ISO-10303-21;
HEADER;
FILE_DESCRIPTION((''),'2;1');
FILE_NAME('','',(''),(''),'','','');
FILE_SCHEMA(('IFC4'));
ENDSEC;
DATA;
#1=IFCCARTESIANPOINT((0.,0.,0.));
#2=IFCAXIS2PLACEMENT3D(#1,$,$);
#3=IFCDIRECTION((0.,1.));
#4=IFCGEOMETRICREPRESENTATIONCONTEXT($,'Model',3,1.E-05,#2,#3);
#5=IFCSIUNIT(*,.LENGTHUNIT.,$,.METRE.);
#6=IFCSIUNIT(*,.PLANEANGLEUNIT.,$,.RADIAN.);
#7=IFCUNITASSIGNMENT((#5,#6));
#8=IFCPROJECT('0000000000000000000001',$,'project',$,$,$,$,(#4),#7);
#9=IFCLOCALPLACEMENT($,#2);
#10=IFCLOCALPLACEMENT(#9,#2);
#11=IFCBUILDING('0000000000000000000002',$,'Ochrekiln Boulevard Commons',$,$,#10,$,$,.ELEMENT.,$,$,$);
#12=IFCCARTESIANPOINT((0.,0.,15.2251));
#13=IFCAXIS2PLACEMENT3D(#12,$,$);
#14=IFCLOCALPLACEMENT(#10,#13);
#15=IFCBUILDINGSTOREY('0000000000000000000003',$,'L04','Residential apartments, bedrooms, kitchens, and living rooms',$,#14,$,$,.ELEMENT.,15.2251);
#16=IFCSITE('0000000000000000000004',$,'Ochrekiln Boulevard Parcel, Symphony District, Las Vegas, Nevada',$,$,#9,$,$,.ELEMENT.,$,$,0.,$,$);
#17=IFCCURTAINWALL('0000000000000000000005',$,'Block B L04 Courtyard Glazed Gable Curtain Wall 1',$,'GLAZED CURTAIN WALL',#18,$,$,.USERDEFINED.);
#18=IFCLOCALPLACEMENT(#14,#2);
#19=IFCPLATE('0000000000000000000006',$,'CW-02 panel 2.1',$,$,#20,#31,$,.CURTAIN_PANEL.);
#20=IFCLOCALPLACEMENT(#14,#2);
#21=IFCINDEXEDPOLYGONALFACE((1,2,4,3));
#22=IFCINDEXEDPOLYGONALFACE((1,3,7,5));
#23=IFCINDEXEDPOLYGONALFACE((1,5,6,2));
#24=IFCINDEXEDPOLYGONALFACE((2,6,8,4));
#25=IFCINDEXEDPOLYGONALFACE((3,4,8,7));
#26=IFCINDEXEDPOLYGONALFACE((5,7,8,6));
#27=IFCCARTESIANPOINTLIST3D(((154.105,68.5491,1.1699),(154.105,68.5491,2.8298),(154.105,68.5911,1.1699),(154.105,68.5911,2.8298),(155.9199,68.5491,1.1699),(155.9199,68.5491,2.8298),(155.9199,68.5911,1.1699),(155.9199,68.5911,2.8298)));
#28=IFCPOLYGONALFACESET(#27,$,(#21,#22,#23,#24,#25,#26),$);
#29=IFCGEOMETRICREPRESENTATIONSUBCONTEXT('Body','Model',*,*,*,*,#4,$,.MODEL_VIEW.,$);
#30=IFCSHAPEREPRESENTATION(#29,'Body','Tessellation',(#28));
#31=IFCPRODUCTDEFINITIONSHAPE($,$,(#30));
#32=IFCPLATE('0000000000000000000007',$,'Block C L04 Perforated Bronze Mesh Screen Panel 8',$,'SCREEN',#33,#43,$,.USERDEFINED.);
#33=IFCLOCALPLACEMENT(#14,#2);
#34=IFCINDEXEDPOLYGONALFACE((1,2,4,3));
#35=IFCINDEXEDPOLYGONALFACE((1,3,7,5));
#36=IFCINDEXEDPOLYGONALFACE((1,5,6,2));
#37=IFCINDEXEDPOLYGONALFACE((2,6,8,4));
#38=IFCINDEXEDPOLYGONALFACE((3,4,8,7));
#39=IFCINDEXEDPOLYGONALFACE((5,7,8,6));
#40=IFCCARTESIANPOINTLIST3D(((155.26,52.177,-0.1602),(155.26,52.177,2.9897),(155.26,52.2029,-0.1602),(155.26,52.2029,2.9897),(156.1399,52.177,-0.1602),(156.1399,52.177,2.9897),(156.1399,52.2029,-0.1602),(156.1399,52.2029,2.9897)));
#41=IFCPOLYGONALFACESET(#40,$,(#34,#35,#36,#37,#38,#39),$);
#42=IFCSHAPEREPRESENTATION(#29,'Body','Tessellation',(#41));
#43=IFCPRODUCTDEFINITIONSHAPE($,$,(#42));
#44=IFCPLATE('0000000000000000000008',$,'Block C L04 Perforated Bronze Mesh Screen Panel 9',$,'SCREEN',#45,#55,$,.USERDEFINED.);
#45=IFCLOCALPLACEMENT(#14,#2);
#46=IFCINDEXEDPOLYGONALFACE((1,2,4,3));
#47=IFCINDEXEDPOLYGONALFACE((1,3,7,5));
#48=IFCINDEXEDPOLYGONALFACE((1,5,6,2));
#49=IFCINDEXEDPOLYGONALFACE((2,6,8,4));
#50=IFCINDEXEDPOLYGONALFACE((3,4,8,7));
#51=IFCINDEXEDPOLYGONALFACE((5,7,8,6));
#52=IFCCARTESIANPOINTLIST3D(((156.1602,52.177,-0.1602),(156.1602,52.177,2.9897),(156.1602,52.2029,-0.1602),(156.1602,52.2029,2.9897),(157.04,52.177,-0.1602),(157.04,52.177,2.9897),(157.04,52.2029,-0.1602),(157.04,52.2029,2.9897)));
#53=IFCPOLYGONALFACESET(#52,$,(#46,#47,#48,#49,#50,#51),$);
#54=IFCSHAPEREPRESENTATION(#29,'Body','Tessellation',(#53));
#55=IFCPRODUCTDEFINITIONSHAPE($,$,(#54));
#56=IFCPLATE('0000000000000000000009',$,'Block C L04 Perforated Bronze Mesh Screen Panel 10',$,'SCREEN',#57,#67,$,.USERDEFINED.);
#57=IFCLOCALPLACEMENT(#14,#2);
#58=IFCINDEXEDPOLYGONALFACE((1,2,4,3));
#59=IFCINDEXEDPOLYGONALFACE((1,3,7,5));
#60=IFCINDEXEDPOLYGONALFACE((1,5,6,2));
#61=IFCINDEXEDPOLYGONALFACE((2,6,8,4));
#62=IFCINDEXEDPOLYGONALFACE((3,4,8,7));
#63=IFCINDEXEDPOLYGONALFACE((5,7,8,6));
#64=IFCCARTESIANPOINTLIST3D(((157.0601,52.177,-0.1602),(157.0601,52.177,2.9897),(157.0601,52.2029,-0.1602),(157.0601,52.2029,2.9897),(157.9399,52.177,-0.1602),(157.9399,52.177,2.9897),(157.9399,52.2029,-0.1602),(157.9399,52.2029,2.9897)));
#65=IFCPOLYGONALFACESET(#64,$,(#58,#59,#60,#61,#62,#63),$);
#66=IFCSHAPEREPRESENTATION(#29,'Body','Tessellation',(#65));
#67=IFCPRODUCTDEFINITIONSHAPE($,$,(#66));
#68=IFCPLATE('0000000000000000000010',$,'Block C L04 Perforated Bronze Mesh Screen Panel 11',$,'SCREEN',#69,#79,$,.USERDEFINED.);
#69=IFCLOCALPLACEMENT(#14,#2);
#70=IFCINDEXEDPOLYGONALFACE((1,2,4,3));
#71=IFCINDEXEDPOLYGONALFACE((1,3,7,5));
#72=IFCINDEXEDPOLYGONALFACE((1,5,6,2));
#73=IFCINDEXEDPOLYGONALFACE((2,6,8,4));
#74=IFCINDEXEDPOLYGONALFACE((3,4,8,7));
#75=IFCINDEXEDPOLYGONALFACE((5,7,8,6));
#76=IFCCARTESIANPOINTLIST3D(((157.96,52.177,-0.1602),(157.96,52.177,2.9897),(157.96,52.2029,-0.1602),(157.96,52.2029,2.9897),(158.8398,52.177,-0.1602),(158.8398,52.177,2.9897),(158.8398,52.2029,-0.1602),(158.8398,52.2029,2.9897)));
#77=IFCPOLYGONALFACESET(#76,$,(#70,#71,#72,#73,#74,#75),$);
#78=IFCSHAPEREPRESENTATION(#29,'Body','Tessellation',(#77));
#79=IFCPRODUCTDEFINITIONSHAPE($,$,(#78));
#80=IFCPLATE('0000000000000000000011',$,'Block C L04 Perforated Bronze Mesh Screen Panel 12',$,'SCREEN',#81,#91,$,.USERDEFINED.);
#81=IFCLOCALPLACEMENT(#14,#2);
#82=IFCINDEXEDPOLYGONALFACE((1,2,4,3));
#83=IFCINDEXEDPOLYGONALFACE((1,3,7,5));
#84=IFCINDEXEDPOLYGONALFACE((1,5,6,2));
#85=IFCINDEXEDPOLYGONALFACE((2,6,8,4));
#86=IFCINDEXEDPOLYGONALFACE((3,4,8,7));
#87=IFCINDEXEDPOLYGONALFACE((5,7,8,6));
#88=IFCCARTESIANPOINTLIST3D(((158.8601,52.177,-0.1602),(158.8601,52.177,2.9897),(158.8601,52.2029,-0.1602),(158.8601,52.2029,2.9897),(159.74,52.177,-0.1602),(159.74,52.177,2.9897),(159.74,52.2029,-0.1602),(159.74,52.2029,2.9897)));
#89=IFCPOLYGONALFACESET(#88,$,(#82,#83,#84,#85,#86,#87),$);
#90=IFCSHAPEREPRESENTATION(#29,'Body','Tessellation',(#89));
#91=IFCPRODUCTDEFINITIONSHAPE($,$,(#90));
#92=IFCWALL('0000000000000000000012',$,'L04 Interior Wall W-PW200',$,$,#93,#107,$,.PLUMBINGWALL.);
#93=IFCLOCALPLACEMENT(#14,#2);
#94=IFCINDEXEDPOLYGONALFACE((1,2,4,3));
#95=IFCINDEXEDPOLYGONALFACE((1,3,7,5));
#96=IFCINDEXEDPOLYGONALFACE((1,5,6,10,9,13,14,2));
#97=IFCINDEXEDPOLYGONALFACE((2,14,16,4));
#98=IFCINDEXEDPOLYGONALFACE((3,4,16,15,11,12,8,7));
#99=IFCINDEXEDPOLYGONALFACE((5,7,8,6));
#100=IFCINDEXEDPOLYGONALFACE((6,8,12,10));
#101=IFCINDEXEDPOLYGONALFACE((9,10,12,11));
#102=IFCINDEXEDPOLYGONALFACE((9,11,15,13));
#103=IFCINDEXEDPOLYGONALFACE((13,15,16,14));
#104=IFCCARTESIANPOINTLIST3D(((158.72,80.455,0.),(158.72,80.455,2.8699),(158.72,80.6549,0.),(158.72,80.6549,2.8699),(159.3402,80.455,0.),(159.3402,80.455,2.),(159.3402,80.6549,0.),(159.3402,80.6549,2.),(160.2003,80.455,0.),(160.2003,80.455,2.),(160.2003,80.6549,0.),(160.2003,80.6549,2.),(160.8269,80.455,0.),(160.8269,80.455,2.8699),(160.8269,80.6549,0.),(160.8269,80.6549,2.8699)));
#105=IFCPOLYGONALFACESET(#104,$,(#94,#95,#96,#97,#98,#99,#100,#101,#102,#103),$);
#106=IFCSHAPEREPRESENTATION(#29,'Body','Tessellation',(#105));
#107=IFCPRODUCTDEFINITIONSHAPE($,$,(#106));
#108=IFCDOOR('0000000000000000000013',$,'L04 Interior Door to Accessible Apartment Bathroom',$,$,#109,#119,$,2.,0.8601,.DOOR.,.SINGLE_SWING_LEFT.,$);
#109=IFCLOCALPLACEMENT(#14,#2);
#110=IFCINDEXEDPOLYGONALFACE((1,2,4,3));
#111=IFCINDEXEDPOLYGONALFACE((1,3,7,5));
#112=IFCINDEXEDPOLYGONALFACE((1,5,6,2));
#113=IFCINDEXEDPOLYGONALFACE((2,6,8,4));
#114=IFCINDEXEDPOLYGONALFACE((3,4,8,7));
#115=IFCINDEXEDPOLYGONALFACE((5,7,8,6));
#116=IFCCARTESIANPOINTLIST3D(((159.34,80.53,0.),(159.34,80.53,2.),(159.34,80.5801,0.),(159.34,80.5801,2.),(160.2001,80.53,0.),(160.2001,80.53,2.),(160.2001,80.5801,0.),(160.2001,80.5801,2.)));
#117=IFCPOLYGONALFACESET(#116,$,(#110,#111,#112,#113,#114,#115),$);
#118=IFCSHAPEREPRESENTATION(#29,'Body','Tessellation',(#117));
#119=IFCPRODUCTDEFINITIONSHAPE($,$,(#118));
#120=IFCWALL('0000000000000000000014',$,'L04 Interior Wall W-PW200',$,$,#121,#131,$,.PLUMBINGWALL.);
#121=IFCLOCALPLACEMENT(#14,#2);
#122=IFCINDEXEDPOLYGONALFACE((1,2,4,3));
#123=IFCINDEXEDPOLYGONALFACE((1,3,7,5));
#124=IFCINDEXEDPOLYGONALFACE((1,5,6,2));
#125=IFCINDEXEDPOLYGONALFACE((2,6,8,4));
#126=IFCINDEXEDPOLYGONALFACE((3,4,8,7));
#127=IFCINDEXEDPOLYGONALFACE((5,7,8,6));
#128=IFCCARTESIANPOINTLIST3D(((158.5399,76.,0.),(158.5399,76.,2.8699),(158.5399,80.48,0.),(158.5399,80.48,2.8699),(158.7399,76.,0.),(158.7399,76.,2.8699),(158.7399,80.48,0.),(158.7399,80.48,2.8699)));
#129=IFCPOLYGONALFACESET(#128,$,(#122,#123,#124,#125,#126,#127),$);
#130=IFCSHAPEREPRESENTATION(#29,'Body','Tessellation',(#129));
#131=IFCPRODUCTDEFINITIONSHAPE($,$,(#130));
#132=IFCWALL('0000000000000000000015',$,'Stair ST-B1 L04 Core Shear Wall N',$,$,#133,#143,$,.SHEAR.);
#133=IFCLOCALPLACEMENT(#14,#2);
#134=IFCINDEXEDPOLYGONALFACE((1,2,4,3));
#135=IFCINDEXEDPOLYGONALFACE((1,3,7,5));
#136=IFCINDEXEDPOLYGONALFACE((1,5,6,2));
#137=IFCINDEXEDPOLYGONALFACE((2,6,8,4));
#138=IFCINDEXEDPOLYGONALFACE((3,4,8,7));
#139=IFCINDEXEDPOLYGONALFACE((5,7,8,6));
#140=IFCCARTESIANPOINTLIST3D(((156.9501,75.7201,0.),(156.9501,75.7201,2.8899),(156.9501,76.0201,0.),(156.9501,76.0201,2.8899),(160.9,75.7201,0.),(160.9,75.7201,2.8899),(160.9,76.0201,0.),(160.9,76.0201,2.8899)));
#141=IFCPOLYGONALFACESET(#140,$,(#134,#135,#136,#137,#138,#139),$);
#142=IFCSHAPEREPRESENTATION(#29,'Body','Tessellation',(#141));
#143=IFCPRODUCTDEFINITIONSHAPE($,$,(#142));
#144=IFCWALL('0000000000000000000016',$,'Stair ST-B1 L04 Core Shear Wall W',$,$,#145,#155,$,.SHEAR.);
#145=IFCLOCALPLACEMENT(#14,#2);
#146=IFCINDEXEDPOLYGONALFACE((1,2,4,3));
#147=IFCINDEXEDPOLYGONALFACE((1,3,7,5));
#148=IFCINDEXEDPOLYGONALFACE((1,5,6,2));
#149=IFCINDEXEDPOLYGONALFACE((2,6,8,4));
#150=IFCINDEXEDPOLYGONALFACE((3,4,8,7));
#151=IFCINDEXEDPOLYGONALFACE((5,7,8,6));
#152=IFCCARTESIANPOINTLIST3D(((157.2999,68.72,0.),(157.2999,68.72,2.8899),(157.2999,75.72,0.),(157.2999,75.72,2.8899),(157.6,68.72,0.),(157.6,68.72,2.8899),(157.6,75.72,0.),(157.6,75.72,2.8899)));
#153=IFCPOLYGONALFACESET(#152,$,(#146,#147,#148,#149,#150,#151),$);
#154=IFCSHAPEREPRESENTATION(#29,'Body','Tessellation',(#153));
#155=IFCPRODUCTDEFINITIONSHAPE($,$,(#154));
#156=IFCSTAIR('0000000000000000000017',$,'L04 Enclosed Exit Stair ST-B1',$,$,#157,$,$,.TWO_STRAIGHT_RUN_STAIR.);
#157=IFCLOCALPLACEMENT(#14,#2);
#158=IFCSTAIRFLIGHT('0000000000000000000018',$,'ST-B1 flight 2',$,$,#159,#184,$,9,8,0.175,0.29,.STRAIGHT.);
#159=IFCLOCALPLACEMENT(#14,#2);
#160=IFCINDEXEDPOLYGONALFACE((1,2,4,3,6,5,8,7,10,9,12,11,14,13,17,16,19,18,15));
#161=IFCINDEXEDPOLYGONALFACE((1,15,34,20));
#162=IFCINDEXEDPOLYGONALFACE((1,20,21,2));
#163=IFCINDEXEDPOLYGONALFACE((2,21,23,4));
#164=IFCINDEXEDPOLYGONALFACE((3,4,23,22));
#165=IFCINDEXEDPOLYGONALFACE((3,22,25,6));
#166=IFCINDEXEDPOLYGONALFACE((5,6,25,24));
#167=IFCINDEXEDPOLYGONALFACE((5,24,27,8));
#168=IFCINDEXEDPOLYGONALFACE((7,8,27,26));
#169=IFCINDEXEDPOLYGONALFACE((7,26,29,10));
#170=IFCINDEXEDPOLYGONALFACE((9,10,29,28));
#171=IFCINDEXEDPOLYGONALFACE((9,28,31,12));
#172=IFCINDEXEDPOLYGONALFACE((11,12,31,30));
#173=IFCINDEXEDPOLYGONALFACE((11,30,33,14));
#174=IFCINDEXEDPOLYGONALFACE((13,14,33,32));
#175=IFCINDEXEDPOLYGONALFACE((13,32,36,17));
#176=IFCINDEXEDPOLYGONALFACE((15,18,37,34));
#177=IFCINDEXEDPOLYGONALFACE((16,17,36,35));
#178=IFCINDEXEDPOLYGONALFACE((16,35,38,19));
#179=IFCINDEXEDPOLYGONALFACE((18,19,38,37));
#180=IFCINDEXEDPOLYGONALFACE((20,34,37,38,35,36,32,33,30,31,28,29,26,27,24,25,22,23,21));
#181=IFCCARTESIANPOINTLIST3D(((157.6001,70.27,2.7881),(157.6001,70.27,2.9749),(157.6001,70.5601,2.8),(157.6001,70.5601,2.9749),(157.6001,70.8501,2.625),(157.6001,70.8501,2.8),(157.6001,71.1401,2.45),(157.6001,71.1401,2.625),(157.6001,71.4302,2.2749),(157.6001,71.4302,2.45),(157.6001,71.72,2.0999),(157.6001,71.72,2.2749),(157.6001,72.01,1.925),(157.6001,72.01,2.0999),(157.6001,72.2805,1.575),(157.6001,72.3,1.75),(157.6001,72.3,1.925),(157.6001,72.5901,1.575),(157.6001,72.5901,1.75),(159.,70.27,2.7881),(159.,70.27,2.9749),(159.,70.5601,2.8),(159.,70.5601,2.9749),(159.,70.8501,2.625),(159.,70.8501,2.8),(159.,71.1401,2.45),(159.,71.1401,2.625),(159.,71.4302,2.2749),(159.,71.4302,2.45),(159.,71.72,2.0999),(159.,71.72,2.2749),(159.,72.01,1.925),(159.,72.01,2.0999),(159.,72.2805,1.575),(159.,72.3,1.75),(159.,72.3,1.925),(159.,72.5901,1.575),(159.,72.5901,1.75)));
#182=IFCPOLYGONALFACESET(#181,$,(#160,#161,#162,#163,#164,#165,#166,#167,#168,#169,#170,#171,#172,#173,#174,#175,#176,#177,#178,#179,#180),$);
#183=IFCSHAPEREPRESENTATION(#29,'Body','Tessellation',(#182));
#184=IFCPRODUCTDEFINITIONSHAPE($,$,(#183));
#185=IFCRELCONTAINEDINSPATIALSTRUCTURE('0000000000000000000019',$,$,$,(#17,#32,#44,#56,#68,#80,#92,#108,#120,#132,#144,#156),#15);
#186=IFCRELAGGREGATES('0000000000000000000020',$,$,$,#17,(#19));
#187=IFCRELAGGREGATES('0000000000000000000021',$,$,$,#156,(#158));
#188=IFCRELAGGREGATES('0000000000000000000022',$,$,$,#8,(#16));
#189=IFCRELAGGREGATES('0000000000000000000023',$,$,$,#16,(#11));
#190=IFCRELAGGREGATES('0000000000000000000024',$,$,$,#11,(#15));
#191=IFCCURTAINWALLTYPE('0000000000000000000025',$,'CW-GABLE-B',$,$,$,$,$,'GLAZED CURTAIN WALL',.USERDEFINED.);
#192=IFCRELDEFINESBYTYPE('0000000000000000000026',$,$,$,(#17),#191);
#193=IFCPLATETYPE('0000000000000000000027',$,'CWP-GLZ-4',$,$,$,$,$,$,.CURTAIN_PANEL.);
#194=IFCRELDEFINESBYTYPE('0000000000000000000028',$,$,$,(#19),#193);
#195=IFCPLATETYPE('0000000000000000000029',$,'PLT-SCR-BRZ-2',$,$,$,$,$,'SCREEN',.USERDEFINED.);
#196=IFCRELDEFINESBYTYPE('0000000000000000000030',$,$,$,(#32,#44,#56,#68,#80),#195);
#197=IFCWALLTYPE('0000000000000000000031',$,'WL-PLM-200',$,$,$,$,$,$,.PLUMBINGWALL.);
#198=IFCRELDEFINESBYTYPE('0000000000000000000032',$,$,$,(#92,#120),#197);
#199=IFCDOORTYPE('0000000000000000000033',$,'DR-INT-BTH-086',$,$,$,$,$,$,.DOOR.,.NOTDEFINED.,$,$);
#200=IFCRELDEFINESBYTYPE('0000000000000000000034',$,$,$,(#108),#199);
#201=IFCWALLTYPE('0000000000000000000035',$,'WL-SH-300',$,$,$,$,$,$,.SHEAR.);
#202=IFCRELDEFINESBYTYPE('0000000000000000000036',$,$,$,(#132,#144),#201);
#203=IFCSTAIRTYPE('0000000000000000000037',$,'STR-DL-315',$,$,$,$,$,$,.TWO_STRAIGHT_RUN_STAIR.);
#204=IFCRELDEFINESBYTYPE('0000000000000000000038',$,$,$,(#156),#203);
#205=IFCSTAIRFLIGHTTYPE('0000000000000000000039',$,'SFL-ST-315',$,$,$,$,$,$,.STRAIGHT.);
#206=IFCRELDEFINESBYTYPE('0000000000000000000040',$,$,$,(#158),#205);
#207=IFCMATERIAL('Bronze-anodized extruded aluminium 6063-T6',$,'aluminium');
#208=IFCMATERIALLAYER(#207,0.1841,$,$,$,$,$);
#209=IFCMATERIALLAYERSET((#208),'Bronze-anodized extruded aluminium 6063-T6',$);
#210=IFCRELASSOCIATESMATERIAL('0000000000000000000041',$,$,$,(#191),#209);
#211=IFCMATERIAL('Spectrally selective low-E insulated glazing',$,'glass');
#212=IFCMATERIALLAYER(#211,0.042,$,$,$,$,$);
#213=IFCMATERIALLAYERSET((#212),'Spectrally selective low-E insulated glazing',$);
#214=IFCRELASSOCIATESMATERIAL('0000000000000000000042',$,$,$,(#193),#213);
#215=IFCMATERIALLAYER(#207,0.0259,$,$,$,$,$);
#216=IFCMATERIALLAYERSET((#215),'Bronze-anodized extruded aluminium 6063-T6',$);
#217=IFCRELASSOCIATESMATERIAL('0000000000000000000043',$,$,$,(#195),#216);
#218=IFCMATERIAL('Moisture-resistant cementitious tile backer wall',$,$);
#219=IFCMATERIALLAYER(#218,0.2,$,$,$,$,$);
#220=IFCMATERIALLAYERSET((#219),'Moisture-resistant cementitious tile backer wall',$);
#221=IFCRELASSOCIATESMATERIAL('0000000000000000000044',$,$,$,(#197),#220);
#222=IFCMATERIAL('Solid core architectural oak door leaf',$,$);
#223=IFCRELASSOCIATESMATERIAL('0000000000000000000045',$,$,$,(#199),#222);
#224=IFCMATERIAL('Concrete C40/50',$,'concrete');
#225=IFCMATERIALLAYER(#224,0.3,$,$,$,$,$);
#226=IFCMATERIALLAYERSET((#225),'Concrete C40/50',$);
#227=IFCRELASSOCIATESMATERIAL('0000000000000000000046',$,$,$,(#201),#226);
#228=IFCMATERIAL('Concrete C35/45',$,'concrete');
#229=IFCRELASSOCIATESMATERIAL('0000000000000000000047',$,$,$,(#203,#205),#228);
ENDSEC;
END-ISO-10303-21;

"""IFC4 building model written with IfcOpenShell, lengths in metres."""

from ifc_helpers import new_model, si_unit, direction, frame, frame_2d, origin, origin_2d, place, context, subcontext, project, spatial, polyline, rectangle, outline, extrude, material, layer, layer_set, type_object, element, fill, aggregate, save


model = new_model("IFC4")

# Units and contexts
model_context = context("Model", 3, precision=1e-05, world=origin(), true_north=direction((0.0, 1.0)))
body_context = subcontext(model_context, "Body", "Model", "MODEL_VIEW")
ifc_project = project(units=[si_unit("LENGTHUNIT", "METRE"), si_unit("PLANEANGLEUNIT", "RADIAN")], contexts=[model_context])

# Site, building, storey
site_placement = place(None, origin())
site = spatial("IfcSite", under=ifc_project, at=site_placement, Name="Ochrekiln Boulevard Parcel, Symphony District, Las Vegas, Nevada", CompositionType="ELEMENT", RefElevation=0.0)
building_placement = place(site_placement, origin())
building = spatial("IfcBuilding", under=site, at=building_placement, Name="Ochrekiln Boulevard Commons", CompositionType="ELEMENT")
storey_placement = place(building_placement, frame((0.0, 0.0, 15.2251)))
storey = spatial("IfcBuildingStorey", under=building, at=storey_placement, Name="L04", Description="Residential apartments, bedrooms, kitchens, and living rooms", CompositionType="ELEMENT", Elevation=15.2251)

# Shared definitions
ifc_material_1 = material(Name="Concrete C40/50", Category="concrete")

# Curtain wall
ifc_material_2 = material(Name="Bronze-anodized extruded aluminium 6063-T6", Category="aluminium")
ifc_layer_1 = layer(ifc_material_2, 0.1841)
ifc_layer_set_1 = layer_set([ifc_layer_1], Name="Bronze-anodized extruded aluminium 6063-T6")
curtain_wall_type = type_object("IfcCurtainWallType", Name="CW-GABLE-B", ElementType="GLAZED CURTAIN WALL", PredefinedType="USERDEFINED", material=ifc_layer_set_1)
curtain_wall_1_placement = place(storey_placement, origin())
curtain_wall_1 = element("IfcCurtainWall", 1, at=curtain_wall_1_placement, inside=storey, type_object=curtain_wall_type, Name="Block B L04 Courtyard Glazed Gable Curtain Wall 1", ObjectType="GLAZED CURTAIN WALL", PredefinedType="USERDEFINED")

# Plate
ifc_material_3 = material(Name="Spectrally selective low-E insulated glazing", Category="glass")
ifc_layer_2 = layer(ifc_material_3, 0.042)
ifc_layer_set_2 = layer_set([ifc_layer_2], Name="Spectrally selective low-E insulated glazing")
plate_type_1 = type_object("IfcPlateType", Name="CWP-GLZ-4", PredefinedType="CURTAIN_PANEL", material=ifc_layer_set_2)
plate_1_placement = place(storey_placement, frame((155.0125, 68.5701, 1.1699), z_axis=(0.0, 0.0, 1.0), x_axis=(1.0, 0.0, 0.0)))
plate_1 = element("IfcPlate", 2, at=plate_1_placement, type_object=plate_type_1, Name="CW-02 panel 2.1", PredefinedType="CURTAIN_PANEL", context=body_context, shape_type="SweptSolid", body=[
    extrude(rectangle(XDim=1.8149, YDim=0.042, at=origin_2d()), origin(), (0.0, 0.0, 1.0), 1.6599),
])
aggregate(curtain_wall_1, [plate_1])

# Plates
ifc_layer_3 = layer(ifc_material_2, 0.0259)
ifc_layer_set_3 = layer_set([ifc_layer_3], Name="Bronze-anodized extruded aluminium 6063-T6")
plate_type_2 = type_object("IfcPlateType", Name="PLT-SCR-BRZ-2", ElementType="SCREEN", PredefinedType="USERDEFINED", material=ifc_layer_set_3)
for number, where, z_axis, x_axis, name in (
    (3, (155.7, 52.1899, -0.1602), (0.0, 0.0, 1.0), (1.0, 0.0, 0.0), "Block C L04 Perforated Bronze Mesh Screen Panel 8"),
    (4, (156.6001, 52.1899, -0.1602), (0.0, 0.0, 1.0), (1.0, 0.0, 0.0), "Block C L04 Perforated Bronze Mesh Screen Panel 9"),
    (5, (157.5, 52.1899, -0.1602), (0.0, 0.0, 1.0), (1.0, 0.0, 0.0), "Block C L04 Perforated Bronze Mesh Screen Panel 10"),
    (6, (158.3999, 52.1899, -0.1602), (0.0, 0.0, 1.0), (1.0, 0.0, 0.0), "Block C L04 Perforated Bronze Mesh Screen Panel 11"),
    (7, (159.3, 52.1899, -0.1602), (0.0, 0.0, 1.0), (1.0, 0.0, 0.0), "Block C L04 Perforated Bronze Mesh Screen Panel 12"),
):
    element("IfcPlate", number, at=place(storey_placement, frame(where, z_axis=z_axis, x_axis=x_axis)), inside=storey, type_object=plate_type_2, Name=name, ObjectType="SCREEN", PredefinedType="USERDEFINED", context=body_context, shape_type="SweptSolid", body=[
        extrude(rectangle(XDim=0.8799, YDim=0.0259, at=origin_2d()), origin(), (0.0, 0.0, 1.0), 3.1499),
    ])

# Wall, opening, door
ifc_material_4 = material(Name="Moisture-resistant cementitious tile backer wall")
ifc_layer_4 = layer(ifc_material_4, 0.2)
ifc_layer_set_4 = layer_set([ifc_layer_4], Name="Moisture-resistant cementitious tile backer wall")
wall_type_1 = type_object("IfcWallType", Name="WL-PLM-200", PredefinedType="PLUMBINGWALL", material=ifc_layer_set_4)
wall_1_placement = place(storey_placement, frame((158.72, 80.5549, 0.0), z_axis=(0.0, 0.0, 1.0), x_axis=(1.0, 0.0, 0.0)))
wall_1 = element("IfcWall", 8, at=wall_1_placement, inside=storey, type_object=wall_type_1, Name="L04 Interior Wall W-PW200", PredefinedType="PLUMBINGWALL", context=body_context, shape_type="SweptSolid", body=[
    extrude(rectangle(XDim=2.1069, YDim=0.2, at=frame_2d((1.0535, 0.0))), origin(), (0.0, 0.0, 1.0), 2.8699),
])
opening_placement = place(wall_1_placement, frame((0.6201, 0.0, 0.0)))
opening = element("IfcOpeningElement", 9, at=opening_placement, cuts=wall_1, PredefinedType="OPENING", context=body_context, shape_type="SweptSolid", body=[
    extrude(rectangle(XDim=0.8601, YDim=2.0, at=frame_2d((0.4302, 1.0))), frame((0.0, 0.1099, 0.0), z_axis=(0.0, -1.0, 0.0), x_axis=(1.0, 0.0, 0.0)), (0.0, 0.0, 1.0), 0.22),
])
ifc_material_5 = material(Name="Solid core architectural oak door leaf")
door_type = type_object("IfcDoorType", Name="DR-INT-BTH-086", OperationType="NOTDEFINED", PredefinedType="DOOR", material=ifc_material_5)
door_placement = place(opening_placement, frame((0.8601, 0.0, 0.0), z_axis=(0.0, 0.0, 1.0), x_axis=(-1.0, 0.0, 0.0)))
door = element("IfcDoor", 10, at=door_placement, inside=storey, type_object=door_type, Name="L04 Interior Door to Accessible Apartment Bathroom", OperationType="SINGLE_SWING_LEFT", OverallHeight=2.0, OverallWidth=0.8601, PredefinedType="DOOR", context=body_context, shape_type="SweptSolid", body=[
    extrude(rectangle(XDim=0.8601, YDim=2.0, at=frame_2d((0.4302, 1.0))), frame((0.0, 0.0249, 0.0), z_axis=(0.0, -1.0, 0.0), x_axis=(1.0, 0.0, 0.0)), (0.0, 0.0, 1.0), 0.05),
])
fill(opening, door)

# Walls
wall_2_placement = place(storey_placement, frame((158.6399, 76.0, 0.0), z_axis=(0.0, 0.0, 1.0), x_axis=(0.0, 1.0, 0.0)))
element("IfcWall", 11, at=wall_2_placement, inside=storey, type_object=wall_type_1, Name="L04 Interior Wall W-PW200", PredefinedType="PLUMBINGWALL", context=body_context, shape_type="SweptSolid", body=[
    extrude(rectangle(XDim=4.48, YDim=0.2, at=frame_2d((2.24, 0.0))), origin(), (0.0, 0.0, 1.0), 2.8699),
])
ifc_layer_5 = layer(ifc_material_1, 0.3)
ifc_layer_set_5 = layer_set([ifc_layer_5], Name="Concrete C40/50")
wall_type_2 = type_object("IfcWallType", Name="WL-SH-300", PredefinedType="SHEAR", material=ifc_layer_set_5)
wall_3_placement = place(storey_placement, frame((156.95, 75.8701, 0.0), z_axis=(0.0, 0.0, 1.0), x_axis=(1.0, 0.0, 0.0)))
element("IfcWall", 12, at=wall_3_placement, inside=storey, type_object=wall_type_2, Name="Stair ST-B1 L04 Core Shear Wall N", PredefinedType="SHEAR", context=body_context, shape_type="SweptSolid", body=[
    extrude(rectangle(XDim=3.95, YDim=0.3, at=frame_2d((1.9751, 0.0))), origin(), (0.0, 0.0, 1.0), 2.8899),
])
wall_4_placement = place(storey_placement, frame((157.45, 68.72, 0.0), z_axis=(0.0, 0.0, 1.0), x_axis=(0.0, 1.0, 0.0)))
element("IfcWall", 13, at=wall_4_placement, inside=storey, type_object=wall_type_2, Name="Stair ST-B1 L04 Core Shear Wall W", PredefinedType="SHEAR", context=body_context, shape_type="SweptSolid", body=[
    extrude(rectangle(XDim=7.0, YDim=0.3, at=frame_2d((3.5, 0.0))), origin(), (0.0, 0.0, 1.0), 2.8899),
])

# Stair, stair flight
ifc_material_6 = material(Name="Concrete C35/45", Category="concrete")
stair_type = type_object("IfcStairType", Name="STR-DL-315", PredefinedType="TWO_STRAIGHT_RUN_STAIR", material=ifc_material_6)
stair_placement = place(storey_placement, origin())
stair = element("IfcStair", 14, at=stair_placement, inside=storey, type_object=stair_type, Name="L04 Enclosed Exit Stair ST-B1", PredefinedType="TWO_STRAIGHT_RUN_STAIR")
stair_flight_type = type_object("IfcStairFlightType", Name="SFL-ST-315", PredefinedType="STRAIGHT", material=ifc_material_6)
stair_flight_placement = place(storey_placement, frame((158.3, 72.5901, 1.575), z_axis=(0.0, 0.0, 1.0), x_axis=(0.0, -1.0, 0.0)))
stair_flight = element("IfcStairFlight", 15, at=stair_flight_placement, type_object=stair_flight_type, Name="ST-B1 flight 2", NumberOfRisers=9, NumberOfTreads=8, PredefinedType="STRAIGHT", RiserHeight=0.175, TreadLength=0.29, context=body_context, shape_type="SweptSolid", body=[
    extrude(outline(polyline([(0.0, 0.0), (0.0, 0.175), (0.29, 0.175), (0.29, 0.3501), (0.5801, 0.3501), (0.5801, 0.5249), (0.8701, 0.5249), (0.8701, 0.7), (1.1599, 0.7), (1.1599, 0.875), (1.45, 0.875), (1.45, 1.05), (1.74, 1.05), (1.74, 1.2251), (2.03, 1.2251), (2.03, 1.3999), (2.3201, 1.3999), (2.3201, 1.575), (2.3201, 1.2131), (0.3096, 0.0), (0.0, 0.0)])), frame((0.0, 0.7, 0.0), z_axis=(0.0, -1.0, 0.0), x_axis=(1.0, 0.0, 0.0)), (0.0, 0.0, 1.0), 1.3999),
])
aggregate(stair, [stair_flight])

save(model, "model.ifc")
